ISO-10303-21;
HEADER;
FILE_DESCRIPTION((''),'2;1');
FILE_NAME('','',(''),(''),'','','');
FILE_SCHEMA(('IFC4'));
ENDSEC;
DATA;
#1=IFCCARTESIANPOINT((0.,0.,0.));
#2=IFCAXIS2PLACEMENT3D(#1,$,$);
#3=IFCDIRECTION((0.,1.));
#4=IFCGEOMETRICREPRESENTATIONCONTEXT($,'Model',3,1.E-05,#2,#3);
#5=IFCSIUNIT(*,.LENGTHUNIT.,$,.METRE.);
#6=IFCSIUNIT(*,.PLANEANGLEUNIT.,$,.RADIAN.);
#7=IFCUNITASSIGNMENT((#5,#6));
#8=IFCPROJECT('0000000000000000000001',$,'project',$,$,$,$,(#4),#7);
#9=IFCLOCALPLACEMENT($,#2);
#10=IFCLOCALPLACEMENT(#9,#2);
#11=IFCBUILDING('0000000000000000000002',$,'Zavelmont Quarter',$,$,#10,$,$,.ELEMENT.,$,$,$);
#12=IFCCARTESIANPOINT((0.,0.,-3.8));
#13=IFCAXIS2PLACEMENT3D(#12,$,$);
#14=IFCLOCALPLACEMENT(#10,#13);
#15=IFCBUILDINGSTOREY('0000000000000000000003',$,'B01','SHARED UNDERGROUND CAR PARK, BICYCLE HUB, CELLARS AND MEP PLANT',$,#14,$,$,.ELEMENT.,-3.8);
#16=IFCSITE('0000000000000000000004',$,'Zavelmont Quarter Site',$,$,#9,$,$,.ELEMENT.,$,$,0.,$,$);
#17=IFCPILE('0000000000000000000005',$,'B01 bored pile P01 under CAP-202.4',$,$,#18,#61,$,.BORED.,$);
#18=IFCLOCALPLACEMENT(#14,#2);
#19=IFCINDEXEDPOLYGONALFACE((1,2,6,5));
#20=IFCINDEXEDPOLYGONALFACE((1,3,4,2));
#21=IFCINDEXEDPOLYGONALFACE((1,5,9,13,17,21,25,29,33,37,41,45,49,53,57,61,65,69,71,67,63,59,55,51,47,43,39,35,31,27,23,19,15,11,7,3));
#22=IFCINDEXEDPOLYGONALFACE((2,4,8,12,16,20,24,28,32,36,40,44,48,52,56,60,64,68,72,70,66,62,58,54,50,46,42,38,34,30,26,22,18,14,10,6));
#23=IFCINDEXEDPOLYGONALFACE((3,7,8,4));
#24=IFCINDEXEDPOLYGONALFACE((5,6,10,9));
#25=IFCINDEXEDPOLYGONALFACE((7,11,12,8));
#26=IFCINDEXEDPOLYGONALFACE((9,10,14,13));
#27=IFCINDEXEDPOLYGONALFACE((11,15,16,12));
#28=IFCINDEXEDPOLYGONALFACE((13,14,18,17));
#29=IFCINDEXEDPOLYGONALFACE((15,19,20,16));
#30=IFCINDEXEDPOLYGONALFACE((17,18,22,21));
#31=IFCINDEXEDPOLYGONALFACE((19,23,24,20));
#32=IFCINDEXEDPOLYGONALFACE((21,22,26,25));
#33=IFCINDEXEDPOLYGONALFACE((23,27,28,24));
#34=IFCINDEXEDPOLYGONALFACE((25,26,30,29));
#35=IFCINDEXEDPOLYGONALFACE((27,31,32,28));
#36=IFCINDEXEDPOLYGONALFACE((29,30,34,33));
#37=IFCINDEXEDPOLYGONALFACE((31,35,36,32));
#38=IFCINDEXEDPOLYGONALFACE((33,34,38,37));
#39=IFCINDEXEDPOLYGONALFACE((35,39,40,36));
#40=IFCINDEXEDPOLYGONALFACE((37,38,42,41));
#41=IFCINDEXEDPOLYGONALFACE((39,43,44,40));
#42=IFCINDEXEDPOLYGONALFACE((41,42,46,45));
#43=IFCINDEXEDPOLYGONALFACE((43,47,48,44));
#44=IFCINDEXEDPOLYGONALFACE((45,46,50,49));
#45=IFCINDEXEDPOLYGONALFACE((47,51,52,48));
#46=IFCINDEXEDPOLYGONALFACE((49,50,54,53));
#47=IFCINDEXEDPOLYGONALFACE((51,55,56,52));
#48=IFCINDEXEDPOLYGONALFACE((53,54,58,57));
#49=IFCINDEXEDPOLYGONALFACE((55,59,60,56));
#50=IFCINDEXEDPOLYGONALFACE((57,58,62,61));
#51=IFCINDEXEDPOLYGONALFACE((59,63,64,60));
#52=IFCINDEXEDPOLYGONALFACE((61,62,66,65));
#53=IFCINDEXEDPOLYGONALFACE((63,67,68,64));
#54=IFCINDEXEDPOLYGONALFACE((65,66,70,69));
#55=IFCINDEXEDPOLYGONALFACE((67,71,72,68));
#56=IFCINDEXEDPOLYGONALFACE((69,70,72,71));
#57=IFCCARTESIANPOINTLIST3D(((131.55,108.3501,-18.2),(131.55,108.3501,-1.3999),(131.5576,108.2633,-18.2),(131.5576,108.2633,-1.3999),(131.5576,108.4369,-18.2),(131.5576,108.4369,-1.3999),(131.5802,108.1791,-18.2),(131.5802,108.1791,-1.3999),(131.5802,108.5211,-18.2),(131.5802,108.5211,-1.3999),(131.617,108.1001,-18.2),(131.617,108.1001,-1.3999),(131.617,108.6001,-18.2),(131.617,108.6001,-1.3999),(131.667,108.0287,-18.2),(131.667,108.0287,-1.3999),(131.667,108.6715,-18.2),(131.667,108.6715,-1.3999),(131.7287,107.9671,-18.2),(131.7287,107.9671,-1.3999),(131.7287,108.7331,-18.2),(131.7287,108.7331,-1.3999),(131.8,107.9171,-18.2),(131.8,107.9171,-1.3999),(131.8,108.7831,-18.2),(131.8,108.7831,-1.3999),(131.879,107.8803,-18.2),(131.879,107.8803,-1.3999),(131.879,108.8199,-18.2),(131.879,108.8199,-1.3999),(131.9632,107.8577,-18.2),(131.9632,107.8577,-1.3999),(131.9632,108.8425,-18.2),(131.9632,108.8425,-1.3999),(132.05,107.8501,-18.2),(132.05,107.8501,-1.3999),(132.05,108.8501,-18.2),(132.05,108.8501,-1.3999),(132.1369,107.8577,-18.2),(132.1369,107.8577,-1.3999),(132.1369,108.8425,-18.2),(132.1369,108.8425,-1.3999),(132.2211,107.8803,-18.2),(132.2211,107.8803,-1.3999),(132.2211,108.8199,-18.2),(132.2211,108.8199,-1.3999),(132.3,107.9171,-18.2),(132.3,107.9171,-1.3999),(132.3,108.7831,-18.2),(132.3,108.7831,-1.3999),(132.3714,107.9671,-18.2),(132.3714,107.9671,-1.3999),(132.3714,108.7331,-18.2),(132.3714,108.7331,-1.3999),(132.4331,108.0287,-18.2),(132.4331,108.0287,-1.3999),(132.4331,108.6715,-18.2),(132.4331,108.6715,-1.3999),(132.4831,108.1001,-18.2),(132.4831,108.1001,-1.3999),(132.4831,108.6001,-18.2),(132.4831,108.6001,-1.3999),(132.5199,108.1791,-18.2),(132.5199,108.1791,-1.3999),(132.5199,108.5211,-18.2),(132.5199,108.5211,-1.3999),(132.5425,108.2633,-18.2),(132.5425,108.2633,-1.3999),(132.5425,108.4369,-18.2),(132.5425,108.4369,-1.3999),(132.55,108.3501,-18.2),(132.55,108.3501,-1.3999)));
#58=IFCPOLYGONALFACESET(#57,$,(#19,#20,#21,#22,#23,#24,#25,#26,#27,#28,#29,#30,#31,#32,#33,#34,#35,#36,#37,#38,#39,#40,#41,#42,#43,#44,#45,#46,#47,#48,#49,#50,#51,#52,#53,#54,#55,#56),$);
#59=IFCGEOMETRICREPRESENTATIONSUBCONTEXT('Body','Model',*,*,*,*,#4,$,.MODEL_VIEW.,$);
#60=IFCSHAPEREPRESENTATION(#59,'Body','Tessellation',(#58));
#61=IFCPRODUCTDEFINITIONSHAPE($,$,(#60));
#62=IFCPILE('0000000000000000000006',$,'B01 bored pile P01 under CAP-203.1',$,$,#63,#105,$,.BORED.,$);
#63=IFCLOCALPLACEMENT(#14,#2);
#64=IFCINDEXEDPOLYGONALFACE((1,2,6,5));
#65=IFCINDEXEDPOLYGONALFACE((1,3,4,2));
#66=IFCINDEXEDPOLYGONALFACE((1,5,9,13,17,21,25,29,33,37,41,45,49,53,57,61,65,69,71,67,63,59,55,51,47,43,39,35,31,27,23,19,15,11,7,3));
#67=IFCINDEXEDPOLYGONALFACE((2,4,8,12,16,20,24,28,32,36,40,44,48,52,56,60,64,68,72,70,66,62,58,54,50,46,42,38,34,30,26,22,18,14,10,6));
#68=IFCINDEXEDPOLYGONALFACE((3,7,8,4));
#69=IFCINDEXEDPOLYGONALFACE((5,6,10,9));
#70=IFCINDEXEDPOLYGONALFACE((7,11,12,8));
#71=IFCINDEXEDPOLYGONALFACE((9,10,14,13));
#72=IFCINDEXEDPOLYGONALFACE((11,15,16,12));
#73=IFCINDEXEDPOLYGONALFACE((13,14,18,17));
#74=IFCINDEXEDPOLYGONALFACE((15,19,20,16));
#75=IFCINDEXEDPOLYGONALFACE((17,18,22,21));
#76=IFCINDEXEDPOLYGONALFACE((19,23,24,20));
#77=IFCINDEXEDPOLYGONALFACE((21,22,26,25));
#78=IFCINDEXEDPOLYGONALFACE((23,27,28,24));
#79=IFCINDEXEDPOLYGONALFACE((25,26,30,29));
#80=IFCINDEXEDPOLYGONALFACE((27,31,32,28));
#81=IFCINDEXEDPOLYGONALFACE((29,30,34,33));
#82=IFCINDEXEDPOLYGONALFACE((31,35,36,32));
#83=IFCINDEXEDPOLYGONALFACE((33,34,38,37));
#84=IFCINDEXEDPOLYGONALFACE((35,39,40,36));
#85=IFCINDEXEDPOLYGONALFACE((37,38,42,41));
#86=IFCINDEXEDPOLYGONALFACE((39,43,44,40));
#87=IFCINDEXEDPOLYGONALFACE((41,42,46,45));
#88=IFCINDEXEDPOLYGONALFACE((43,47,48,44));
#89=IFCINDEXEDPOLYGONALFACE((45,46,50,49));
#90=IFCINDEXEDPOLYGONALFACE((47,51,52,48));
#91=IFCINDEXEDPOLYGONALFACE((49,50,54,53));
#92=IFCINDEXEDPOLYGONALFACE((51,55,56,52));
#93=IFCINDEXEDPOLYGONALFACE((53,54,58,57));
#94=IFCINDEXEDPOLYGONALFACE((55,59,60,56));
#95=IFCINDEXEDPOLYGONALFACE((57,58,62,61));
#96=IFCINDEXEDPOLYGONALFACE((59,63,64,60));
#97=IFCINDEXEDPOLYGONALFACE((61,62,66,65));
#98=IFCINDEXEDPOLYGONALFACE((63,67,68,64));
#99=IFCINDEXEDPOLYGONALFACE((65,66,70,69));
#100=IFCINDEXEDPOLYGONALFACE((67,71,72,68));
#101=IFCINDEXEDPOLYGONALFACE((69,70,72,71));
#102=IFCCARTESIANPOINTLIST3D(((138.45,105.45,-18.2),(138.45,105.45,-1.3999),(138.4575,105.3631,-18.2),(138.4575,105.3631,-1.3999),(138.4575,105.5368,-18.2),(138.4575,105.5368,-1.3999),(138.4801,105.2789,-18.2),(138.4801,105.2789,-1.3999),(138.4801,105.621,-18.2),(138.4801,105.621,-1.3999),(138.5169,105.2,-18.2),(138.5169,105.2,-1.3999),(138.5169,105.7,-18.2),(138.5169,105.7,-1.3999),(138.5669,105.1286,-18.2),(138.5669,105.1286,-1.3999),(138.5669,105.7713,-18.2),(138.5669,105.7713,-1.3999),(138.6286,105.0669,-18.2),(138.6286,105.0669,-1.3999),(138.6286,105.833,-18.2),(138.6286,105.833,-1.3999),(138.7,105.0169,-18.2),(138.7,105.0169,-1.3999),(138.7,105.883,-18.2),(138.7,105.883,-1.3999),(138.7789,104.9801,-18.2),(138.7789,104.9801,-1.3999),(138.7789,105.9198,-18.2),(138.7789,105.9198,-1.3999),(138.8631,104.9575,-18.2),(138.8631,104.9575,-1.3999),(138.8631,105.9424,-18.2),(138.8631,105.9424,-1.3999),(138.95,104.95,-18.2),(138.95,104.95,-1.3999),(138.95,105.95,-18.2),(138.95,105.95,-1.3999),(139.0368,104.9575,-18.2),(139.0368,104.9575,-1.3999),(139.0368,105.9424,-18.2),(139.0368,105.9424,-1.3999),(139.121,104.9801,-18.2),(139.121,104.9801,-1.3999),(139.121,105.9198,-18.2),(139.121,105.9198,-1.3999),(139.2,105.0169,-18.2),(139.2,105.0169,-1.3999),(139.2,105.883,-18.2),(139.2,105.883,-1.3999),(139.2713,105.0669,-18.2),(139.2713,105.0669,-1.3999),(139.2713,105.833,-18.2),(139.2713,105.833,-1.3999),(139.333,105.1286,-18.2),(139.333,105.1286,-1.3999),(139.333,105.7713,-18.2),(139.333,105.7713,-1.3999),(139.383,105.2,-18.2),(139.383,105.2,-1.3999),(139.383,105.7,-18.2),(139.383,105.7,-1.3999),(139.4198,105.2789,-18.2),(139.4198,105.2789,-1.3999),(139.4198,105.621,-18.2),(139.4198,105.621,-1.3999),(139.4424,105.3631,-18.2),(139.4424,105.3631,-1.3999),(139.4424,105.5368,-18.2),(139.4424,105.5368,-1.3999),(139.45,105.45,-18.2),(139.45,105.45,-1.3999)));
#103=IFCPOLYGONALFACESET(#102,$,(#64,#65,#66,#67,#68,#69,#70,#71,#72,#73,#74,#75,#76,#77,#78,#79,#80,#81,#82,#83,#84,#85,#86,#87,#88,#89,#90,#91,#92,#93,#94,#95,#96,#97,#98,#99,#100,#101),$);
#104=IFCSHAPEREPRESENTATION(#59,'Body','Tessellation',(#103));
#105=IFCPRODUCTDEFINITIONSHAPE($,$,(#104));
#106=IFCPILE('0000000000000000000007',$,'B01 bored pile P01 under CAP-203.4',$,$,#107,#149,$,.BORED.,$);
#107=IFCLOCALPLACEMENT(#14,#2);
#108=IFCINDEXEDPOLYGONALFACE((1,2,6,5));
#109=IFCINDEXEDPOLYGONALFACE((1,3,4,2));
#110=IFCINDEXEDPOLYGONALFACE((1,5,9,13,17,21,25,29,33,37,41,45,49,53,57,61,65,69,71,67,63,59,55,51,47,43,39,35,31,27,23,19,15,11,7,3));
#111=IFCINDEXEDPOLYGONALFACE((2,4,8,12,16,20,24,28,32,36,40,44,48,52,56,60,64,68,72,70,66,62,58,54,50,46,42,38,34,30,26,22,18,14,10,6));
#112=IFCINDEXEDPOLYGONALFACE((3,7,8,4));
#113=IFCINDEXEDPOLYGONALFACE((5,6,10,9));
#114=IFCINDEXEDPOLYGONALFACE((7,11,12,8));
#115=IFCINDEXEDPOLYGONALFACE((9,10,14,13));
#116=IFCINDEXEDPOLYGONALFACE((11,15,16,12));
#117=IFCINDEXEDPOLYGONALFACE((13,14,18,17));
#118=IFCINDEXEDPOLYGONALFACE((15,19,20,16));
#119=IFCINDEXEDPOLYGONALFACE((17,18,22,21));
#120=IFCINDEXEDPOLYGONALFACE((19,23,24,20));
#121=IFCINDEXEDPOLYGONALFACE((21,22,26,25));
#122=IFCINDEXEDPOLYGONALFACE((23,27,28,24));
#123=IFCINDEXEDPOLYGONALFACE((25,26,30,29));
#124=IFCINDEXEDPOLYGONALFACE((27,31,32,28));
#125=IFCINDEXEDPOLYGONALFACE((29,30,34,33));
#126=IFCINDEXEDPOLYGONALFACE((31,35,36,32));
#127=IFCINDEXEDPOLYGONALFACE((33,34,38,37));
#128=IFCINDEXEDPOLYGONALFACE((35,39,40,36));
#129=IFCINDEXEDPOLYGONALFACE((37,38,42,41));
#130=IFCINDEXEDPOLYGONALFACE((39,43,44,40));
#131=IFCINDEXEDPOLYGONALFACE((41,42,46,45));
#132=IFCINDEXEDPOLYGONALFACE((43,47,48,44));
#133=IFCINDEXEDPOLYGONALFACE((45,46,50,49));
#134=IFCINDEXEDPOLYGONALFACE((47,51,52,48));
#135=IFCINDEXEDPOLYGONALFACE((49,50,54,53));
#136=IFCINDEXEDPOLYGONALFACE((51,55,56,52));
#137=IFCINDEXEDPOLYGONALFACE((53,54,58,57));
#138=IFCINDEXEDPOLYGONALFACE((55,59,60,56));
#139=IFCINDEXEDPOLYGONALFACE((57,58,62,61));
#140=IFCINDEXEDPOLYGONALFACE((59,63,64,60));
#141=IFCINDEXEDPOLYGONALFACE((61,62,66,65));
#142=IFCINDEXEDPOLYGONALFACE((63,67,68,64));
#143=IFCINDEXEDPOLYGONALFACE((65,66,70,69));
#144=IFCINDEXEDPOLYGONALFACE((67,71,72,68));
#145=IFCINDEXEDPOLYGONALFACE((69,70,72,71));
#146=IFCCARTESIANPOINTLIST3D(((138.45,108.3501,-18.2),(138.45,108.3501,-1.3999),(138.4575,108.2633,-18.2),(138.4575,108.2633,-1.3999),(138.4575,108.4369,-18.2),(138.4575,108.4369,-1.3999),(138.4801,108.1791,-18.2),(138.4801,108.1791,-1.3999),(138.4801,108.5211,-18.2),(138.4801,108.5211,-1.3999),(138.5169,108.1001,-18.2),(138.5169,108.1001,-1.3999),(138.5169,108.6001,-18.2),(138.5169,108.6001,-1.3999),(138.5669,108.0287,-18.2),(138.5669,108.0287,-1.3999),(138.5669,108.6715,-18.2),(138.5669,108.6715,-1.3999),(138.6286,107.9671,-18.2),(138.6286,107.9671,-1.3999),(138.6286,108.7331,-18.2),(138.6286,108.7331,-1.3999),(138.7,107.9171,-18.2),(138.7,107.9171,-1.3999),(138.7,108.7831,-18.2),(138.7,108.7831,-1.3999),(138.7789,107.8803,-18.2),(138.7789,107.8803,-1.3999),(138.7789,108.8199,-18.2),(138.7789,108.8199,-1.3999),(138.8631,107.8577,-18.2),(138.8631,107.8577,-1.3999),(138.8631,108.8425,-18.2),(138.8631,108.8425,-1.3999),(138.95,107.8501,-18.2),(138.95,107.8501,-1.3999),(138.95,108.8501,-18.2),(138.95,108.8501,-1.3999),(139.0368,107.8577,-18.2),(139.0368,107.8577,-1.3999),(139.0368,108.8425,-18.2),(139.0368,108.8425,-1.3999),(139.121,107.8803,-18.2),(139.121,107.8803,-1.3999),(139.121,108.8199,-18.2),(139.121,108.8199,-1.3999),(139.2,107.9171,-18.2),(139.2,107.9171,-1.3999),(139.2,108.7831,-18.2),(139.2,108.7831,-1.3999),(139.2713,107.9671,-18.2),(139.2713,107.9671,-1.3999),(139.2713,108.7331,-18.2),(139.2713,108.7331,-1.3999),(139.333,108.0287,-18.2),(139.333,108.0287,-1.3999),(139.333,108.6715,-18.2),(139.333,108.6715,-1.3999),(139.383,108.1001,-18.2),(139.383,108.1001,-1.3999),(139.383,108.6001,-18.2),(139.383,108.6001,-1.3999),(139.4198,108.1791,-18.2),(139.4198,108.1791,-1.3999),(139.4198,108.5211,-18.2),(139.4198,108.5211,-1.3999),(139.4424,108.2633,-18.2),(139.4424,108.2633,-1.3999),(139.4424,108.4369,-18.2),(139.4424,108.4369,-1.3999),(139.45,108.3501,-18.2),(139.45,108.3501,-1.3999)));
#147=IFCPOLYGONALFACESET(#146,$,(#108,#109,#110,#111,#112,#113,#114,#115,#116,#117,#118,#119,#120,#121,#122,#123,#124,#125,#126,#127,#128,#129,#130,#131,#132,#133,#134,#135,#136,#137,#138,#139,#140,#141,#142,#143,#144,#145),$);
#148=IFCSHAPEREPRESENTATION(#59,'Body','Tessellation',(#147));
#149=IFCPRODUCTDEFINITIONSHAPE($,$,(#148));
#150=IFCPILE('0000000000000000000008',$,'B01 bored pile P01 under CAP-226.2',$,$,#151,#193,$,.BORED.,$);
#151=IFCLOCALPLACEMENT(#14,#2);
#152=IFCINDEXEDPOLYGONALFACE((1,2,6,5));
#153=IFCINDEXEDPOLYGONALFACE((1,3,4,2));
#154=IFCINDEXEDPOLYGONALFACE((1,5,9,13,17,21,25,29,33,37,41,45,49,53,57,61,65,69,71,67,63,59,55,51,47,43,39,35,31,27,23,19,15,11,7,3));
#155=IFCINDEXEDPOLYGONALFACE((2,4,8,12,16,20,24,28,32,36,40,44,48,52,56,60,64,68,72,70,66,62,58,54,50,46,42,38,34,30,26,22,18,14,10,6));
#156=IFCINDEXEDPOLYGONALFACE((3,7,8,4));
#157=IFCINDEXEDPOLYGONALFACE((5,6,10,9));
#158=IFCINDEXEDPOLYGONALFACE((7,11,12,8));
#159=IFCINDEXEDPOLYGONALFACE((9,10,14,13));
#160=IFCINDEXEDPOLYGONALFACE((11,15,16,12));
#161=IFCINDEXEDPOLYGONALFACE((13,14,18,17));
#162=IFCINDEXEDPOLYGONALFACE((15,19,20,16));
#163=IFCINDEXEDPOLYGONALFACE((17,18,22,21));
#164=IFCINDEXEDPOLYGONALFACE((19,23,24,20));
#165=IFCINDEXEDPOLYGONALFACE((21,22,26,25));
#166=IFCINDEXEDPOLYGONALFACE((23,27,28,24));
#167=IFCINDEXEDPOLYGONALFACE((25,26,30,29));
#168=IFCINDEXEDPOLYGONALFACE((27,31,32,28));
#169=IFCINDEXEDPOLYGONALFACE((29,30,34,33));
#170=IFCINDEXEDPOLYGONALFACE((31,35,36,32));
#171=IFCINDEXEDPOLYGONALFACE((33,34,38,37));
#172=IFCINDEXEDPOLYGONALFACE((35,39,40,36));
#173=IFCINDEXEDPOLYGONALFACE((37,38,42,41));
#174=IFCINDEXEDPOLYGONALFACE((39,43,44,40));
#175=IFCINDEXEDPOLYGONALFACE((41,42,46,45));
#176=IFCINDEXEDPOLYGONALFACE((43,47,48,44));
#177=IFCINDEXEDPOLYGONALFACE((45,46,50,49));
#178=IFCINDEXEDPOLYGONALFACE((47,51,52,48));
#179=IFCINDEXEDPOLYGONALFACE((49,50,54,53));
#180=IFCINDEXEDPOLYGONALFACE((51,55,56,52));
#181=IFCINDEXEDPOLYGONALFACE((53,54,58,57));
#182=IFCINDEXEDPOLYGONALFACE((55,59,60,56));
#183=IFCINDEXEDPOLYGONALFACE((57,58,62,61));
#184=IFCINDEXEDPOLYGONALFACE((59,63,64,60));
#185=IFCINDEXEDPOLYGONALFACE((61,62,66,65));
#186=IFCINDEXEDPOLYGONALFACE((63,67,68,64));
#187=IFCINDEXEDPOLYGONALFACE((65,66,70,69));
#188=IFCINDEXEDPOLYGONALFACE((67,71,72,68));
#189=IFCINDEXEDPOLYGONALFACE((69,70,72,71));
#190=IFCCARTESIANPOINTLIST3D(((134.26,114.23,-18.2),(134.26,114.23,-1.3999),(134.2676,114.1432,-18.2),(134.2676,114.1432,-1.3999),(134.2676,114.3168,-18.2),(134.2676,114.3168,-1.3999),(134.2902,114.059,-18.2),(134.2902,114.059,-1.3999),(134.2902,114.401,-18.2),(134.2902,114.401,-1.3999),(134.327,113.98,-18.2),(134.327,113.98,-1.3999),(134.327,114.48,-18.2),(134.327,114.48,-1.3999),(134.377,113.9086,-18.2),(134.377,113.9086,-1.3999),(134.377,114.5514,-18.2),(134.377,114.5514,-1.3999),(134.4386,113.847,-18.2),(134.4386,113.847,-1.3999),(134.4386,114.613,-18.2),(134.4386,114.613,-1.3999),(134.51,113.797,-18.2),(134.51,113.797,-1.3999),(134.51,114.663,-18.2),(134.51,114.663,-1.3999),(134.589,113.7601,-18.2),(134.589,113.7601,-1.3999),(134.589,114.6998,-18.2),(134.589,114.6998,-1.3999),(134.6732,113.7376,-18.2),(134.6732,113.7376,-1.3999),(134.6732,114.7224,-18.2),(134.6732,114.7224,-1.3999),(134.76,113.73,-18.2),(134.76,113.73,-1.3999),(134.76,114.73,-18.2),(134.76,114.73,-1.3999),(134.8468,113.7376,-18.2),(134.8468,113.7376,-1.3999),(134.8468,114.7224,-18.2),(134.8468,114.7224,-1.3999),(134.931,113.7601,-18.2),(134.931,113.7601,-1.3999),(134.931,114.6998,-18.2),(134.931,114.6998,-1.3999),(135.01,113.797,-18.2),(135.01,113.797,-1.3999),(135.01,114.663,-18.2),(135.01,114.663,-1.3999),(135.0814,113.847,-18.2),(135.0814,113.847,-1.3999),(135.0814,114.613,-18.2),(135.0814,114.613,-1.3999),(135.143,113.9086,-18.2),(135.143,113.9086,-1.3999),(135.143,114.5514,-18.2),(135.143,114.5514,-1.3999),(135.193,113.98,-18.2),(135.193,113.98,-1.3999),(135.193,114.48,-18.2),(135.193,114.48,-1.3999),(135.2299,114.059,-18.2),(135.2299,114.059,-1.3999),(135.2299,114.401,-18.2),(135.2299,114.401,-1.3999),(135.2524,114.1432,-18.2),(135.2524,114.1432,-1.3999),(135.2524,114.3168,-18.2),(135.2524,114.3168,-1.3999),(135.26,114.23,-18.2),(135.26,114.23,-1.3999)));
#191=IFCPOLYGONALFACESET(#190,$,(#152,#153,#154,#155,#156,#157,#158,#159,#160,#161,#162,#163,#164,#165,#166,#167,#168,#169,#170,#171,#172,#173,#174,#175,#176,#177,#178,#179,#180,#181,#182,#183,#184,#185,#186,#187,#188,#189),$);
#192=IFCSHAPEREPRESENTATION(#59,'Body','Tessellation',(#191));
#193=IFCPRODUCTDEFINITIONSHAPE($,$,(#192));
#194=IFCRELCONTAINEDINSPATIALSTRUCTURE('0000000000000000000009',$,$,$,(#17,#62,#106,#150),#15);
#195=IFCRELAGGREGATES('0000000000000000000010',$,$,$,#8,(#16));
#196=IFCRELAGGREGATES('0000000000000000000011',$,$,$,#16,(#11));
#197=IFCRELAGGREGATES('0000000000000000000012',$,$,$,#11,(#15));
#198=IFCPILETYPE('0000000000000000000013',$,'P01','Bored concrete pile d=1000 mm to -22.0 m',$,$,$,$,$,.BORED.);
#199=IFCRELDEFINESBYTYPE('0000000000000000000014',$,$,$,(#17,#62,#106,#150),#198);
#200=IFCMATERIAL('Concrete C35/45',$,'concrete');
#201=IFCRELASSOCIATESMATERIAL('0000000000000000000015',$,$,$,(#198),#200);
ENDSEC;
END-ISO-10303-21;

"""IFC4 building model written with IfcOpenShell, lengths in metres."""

from ifc_helpers import new_model, si_unit, direction, frame, origin, origin_2d, place, context, subcontext, project, spatial, circle, extrude, material, material_profile, profile_set, type_object, element, save


model = new_model("IFC4")

# Units and contexts
model_context = context("Model", 3, precision=1e-05, world=origin(), true_north=direction((0.0, 1.0)))
body_context = subcontext(model_context, "Body", "Model", "MODEL_VIEW")
ifc_project = project(units=[si_unit("LENGTHUNIT", "METRE"), si_unit("PLANEANGLEUNIT", "RADIAN")], contexts=[model_context])

# Site, building, storey
site_placement = place(None, origin())
site = spatial("IfcSite", under=ifc_project, at=site_placement, Name="Zavelmont Quarter Site", CompositionType="ELEMENT", RefElevation=0.0)
building_placement = place(site_placement, origin())
building = spatial("IfcBuilding", under=site, at=building_placement, Name="Zavelmont Quarter", CompositionType="ELEMENT")
storey_placement = place(building_placement, frame((0.0, 0.0, -3.8)))
storey = spatial("IfcBuildingStorey", under=building, at=storey_placement, Name="B01", Description="SHARED UNDERGROUND CAR PARK, BICYCLE HUB, CELLARS AND MEP PLANT", CompositionType="ELEMENT", Elevation=-3.8)

# Shared definitions
ifc_material_1 = material(Name="Concrete C35/45", Category="concrete")

# Piles
ifc_material_profile_1 = material_profile(ifc_material_1, circle(Radius=0.5, at=origin_2d()), Name="BP1000")
ifc_profile_set_1 = profile_set([ifc_material_profile_1], Name="Concrete C35/45")
pile_type_1 = type_object("IfcPileType", Name="P01", Description="Bored concrete pile d=1000 mm to -22.0 m", PredefinedType="BORED", material=ifc_profile_set_1)
for number, where, z_axis, x_axis, name in (
    (1, (132.05, 108.3501, -1.3999), (0.0, 0.0, -1.0), (1.0, 0.0, 0.0), "B01 bored pile P01 under CAP-202.4"),
    (2, (138.95, 105.45, -1.3999), (0.0, 0.0, -1.0), (1.0, 0.0, 0.0), "B01 bored pile P01 under CAP-203.1"),
    (3, (138.95, 108.3501, -1.3999), (0.0, 0.0, -1.0), (1.0, 0.0, 0.0), "B01 bored pile P01 under CAP-203.4"),
    (4, (134.76, 114.23, -1.3999), (0.0, 0.0, -1.0), (1.0, 0.0, 0.0), "B01 bored pile P01 under CAP-226.2"),
):
    element("IfcPile", number, at=place(storey_placement, frame(where, z_axis=z_axis, x_axis=x_axis)), inside=storey, type_object=pile_type_1, Name=name, PredefinedType="BORED", context=body_context, shape_type="SweptSolid", body=[
        extrude(circle(Radius=0.5, at=origin_2d()), origin(), (0.0, 0.0, 1.0), 16.8),
    ])

save(model, "model.ifc")
